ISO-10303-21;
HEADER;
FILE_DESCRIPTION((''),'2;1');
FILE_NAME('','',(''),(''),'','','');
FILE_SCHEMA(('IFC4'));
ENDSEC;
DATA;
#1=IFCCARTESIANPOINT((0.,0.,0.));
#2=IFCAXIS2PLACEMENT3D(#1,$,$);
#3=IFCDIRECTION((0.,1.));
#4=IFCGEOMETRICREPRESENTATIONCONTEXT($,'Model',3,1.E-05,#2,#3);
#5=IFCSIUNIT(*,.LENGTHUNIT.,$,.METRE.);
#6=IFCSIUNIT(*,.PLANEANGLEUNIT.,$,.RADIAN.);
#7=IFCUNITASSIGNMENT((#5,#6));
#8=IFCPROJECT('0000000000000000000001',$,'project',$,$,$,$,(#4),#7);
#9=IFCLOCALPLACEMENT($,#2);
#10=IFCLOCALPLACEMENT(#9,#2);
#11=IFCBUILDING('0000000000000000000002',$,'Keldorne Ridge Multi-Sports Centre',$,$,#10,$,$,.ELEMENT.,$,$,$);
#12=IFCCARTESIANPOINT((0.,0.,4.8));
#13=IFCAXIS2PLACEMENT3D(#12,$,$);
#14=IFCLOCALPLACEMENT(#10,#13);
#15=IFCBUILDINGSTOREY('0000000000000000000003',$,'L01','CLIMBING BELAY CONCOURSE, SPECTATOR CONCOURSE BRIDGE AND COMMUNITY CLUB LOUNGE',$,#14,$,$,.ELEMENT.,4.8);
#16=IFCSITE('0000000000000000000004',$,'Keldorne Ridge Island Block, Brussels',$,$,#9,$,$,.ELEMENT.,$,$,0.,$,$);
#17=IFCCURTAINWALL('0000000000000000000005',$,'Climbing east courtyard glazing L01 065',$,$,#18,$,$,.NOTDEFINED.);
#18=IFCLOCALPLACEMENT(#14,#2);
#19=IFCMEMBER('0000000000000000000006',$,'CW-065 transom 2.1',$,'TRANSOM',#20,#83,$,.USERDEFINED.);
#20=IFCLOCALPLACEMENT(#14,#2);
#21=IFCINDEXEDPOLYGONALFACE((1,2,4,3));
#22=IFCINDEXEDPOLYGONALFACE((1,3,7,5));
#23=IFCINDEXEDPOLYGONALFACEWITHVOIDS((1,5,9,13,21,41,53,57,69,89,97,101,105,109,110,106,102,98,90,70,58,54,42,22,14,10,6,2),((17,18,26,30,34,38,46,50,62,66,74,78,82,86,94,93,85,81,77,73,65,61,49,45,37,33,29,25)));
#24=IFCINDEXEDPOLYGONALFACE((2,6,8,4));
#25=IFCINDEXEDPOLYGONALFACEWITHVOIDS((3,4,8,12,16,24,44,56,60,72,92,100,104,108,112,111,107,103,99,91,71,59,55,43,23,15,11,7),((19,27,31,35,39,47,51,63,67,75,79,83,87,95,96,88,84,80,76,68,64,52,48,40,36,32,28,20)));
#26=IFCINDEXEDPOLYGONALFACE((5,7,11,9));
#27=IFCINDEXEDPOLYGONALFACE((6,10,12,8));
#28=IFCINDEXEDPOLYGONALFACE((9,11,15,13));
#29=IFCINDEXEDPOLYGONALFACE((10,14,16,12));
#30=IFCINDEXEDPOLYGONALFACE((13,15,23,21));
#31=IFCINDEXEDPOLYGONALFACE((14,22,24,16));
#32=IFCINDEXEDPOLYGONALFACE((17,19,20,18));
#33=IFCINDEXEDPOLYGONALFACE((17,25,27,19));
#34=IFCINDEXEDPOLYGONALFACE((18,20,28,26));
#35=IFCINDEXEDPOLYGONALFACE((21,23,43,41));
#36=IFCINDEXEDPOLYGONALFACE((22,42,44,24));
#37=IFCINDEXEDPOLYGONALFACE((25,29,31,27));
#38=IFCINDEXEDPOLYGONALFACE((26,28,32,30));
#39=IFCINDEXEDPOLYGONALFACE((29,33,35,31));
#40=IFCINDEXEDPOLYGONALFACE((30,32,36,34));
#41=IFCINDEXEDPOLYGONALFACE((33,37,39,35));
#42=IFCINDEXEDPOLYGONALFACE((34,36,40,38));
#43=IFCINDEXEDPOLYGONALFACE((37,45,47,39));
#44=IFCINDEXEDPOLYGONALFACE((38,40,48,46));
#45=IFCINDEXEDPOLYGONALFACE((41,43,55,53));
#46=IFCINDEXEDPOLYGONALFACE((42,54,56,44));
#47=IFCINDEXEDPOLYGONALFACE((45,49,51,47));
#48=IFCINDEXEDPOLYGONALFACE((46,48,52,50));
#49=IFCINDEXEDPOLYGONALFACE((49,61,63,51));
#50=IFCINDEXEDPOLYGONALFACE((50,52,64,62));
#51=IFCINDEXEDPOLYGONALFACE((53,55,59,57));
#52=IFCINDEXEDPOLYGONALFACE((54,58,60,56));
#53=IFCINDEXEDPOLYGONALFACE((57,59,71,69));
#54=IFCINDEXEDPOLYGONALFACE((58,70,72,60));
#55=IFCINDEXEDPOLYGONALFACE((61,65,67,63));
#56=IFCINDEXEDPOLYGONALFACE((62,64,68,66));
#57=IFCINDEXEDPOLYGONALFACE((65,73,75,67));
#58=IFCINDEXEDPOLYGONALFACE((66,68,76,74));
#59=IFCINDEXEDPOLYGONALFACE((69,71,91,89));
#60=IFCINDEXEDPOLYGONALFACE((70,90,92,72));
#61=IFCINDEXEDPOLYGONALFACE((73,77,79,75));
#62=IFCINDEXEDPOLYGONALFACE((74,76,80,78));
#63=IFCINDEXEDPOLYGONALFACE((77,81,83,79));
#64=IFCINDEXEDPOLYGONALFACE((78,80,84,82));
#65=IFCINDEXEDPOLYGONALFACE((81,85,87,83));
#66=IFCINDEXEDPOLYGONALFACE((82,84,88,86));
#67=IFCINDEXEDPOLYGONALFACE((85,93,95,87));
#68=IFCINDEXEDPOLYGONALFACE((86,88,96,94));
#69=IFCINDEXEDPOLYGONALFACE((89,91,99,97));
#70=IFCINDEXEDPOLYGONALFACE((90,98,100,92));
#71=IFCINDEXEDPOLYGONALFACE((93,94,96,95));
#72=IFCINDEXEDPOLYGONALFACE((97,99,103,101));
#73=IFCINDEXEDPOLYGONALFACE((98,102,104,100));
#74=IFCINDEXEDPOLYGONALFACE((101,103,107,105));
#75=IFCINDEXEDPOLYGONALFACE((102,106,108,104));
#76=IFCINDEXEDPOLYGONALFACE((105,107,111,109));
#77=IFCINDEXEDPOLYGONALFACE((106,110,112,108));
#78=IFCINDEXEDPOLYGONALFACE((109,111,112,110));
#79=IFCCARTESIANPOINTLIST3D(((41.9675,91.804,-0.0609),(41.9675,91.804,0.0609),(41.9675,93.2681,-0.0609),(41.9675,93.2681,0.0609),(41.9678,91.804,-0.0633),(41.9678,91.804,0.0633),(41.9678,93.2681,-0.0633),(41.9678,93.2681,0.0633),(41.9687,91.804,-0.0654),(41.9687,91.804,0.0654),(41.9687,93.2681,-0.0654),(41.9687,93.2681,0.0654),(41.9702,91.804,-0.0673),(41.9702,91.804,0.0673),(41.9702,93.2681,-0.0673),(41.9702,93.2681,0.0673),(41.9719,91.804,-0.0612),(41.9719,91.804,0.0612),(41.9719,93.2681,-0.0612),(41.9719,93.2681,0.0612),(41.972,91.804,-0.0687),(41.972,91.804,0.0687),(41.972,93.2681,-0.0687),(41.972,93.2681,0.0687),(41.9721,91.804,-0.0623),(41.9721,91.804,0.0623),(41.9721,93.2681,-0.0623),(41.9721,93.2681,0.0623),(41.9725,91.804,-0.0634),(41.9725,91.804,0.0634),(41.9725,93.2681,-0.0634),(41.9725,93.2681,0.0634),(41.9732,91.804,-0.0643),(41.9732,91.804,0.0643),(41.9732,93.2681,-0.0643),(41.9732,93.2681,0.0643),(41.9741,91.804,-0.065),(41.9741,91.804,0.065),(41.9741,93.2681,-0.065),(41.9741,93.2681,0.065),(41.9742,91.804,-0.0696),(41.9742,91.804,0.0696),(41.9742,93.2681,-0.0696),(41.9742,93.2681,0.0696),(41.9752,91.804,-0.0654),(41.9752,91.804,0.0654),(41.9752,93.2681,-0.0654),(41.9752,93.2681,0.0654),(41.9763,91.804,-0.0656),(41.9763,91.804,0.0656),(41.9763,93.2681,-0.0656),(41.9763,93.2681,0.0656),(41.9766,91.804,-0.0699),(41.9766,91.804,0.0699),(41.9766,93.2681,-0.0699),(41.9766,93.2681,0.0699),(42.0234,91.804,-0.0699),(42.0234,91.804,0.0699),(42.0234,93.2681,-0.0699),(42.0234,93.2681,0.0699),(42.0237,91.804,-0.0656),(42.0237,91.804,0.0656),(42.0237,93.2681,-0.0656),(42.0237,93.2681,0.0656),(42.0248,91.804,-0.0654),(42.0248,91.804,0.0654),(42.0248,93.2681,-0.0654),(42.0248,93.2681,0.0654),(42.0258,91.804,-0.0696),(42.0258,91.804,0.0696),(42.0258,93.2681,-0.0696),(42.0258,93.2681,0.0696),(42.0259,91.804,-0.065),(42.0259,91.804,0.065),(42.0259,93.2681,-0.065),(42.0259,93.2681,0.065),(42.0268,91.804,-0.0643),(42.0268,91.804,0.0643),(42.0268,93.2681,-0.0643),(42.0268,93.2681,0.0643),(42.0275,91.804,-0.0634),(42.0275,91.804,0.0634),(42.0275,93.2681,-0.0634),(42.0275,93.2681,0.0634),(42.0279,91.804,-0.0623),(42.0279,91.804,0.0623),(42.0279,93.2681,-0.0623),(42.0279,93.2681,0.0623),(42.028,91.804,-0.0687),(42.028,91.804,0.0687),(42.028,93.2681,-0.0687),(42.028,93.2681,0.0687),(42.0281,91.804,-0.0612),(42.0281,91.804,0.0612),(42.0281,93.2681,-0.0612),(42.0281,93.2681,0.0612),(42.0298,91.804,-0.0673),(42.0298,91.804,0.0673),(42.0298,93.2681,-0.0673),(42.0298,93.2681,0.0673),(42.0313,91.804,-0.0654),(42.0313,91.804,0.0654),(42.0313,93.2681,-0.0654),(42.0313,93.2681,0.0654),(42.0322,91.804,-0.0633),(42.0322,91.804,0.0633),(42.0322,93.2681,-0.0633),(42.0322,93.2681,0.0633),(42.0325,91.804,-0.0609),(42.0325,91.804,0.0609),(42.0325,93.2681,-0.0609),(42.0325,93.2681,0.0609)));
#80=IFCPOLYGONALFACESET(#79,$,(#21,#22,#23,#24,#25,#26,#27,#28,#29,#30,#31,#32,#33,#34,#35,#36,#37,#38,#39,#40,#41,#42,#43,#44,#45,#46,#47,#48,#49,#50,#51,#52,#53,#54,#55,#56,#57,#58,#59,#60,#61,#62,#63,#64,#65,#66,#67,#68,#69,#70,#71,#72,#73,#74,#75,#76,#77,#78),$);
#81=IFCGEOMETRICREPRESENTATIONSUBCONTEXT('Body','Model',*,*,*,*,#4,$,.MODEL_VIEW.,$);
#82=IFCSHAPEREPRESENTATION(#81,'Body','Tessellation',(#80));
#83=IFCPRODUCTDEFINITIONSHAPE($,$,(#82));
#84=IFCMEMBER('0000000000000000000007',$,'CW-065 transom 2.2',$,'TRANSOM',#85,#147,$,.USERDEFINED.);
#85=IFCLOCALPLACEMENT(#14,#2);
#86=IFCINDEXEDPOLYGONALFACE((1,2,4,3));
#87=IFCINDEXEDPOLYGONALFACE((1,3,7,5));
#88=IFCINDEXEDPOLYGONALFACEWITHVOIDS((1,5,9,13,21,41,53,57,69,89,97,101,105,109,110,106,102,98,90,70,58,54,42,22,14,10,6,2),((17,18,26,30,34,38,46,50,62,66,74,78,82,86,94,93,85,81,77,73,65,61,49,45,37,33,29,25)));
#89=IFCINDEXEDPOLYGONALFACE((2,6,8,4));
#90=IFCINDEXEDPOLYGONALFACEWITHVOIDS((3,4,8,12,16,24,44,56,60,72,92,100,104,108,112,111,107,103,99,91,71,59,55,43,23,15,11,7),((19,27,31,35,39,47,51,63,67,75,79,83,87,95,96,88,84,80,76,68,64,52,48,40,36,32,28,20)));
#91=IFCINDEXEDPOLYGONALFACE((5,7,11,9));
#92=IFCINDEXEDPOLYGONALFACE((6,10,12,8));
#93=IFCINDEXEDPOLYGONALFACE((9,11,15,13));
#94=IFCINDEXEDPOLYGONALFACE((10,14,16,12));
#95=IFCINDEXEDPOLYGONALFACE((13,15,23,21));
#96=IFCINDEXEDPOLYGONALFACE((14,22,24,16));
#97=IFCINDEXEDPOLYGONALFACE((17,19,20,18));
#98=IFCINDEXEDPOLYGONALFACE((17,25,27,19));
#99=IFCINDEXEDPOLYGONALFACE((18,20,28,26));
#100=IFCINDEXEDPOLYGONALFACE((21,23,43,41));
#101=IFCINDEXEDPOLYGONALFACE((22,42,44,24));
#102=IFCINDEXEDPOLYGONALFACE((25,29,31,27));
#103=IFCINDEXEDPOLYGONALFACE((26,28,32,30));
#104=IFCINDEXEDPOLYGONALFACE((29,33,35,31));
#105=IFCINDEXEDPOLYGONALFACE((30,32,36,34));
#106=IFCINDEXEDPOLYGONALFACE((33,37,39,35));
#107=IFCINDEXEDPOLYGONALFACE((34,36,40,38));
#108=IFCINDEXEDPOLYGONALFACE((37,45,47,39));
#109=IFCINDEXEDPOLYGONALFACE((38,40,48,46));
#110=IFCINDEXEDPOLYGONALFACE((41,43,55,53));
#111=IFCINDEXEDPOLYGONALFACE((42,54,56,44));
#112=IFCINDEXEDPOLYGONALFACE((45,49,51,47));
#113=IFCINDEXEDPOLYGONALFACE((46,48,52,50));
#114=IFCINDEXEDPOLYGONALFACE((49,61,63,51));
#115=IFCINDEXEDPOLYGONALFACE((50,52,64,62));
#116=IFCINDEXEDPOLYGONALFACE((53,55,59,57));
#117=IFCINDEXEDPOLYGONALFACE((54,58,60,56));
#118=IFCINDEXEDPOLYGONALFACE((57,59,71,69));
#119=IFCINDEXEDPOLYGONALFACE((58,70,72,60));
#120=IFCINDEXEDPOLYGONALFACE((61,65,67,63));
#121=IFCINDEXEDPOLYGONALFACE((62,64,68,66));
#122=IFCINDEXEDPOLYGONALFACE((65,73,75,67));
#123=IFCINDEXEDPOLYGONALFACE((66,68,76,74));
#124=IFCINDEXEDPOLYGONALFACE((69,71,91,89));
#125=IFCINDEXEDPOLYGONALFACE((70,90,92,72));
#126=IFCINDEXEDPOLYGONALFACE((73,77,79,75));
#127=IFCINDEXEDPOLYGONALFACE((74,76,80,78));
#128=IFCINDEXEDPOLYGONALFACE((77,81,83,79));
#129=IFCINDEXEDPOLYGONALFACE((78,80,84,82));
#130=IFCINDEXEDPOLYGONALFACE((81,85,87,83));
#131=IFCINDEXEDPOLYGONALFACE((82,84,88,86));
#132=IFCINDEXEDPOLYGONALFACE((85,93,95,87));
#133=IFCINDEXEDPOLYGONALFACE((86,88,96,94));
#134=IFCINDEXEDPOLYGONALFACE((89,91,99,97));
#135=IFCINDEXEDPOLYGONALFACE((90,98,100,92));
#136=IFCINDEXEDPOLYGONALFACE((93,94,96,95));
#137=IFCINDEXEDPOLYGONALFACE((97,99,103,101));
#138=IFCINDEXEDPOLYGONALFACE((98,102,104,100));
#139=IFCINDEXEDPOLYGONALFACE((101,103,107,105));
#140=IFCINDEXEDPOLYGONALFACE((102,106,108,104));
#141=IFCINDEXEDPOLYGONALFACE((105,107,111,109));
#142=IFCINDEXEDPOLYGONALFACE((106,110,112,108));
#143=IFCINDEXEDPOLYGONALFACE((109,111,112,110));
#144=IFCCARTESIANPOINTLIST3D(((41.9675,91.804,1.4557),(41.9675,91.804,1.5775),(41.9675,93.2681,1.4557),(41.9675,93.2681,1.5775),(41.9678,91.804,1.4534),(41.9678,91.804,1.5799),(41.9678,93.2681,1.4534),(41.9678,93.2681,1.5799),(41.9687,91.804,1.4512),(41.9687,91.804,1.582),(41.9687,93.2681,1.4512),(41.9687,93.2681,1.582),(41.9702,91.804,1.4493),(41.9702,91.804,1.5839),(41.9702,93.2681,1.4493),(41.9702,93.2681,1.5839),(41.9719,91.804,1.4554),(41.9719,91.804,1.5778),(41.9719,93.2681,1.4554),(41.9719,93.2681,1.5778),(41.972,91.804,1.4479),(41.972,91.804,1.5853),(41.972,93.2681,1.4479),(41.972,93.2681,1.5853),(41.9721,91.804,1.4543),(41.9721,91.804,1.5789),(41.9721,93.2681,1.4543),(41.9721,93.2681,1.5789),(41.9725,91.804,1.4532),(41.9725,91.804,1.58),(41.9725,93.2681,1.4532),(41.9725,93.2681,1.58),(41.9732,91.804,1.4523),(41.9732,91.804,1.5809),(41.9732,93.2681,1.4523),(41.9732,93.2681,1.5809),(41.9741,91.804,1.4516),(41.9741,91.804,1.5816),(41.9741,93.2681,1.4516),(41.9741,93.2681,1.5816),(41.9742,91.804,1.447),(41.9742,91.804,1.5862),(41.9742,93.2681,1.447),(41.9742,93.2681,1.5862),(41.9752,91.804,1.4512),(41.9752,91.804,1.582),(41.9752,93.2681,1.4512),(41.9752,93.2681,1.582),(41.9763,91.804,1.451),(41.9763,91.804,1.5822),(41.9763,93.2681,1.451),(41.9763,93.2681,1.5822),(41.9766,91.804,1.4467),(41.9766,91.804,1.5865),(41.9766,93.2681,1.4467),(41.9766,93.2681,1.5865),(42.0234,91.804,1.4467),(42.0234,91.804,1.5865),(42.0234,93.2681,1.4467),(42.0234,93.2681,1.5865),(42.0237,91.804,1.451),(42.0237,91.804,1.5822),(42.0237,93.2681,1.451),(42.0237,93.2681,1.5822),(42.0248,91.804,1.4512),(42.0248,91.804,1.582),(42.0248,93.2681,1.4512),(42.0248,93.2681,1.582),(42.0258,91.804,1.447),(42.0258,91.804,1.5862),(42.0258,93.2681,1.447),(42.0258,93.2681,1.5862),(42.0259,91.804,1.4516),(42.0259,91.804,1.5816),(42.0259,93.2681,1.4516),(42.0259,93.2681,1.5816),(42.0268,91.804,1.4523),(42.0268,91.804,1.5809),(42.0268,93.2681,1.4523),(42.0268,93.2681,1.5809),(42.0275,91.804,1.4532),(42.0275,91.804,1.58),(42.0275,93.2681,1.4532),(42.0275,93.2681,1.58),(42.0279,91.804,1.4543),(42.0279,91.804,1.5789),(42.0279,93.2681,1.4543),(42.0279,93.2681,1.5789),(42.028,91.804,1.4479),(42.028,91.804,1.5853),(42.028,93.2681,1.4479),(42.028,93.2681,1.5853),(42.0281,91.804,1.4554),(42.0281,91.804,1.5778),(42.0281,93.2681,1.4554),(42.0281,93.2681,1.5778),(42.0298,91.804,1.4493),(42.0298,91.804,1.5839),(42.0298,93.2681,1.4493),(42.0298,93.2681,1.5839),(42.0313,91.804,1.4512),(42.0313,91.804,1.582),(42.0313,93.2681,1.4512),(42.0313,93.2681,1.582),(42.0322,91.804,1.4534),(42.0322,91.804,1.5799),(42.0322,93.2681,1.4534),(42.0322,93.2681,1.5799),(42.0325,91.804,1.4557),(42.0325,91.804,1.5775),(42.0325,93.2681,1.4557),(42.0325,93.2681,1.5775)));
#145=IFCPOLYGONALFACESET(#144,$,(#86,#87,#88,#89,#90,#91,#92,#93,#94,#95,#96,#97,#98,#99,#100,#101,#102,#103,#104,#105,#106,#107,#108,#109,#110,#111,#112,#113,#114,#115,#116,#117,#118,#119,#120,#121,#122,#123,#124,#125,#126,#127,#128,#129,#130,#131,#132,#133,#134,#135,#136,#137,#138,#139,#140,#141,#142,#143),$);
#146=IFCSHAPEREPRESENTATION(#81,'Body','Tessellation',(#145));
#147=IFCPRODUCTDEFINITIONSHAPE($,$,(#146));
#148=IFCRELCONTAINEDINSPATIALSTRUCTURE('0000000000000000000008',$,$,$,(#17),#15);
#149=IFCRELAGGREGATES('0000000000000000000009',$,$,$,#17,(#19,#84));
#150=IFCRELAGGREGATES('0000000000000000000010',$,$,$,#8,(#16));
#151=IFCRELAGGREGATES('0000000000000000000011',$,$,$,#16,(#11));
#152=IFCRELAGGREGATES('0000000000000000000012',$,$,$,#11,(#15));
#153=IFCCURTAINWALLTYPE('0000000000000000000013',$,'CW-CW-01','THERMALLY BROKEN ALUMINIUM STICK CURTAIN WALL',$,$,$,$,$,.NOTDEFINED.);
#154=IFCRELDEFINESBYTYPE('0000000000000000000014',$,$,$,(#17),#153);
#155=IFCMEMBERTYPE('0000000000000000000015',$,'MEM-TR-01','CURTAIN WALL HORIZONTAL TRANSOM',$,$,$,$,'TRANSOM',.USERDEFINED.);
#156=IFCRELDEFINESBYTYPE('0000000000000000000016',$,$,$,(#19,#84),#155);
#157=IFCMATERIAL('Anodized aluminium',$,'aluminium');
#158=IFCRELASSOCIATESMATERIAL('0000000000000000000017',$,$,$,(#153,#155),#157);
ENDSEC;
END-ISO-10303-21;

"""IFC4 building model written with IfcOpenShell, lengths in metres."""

from ifc_helpers import new_model, si_unit, direction, frame, origin, origin_2d, place, context, subcontext, project, spatial, hollow_rectangle, extrude, material, material_profile, profile_set, type_object, element, aggregate, save


model = new_model("IFC4")

# Units and contexts
model_context = context("Model", 3, precision=1e-05, world=origin(), true_north=direction((0.0, 1.0)))
body_context = subcontext(model_context, "Body", "Model", "MODEL_VIEW")
ifc_project = project(units=[si_unit("LENGTHUNIT", "METRE"), si_unit("PLANEANGLEUNIT", "RADIAN")], contexts=[model_context])

# Site, building, storey
site_placement = place(None, origin())
site = spatial("IfcSite", under=ifc_project, at=site_placement, Name="Keldorne Ridge Island Block, Brussels", CompositionType="ELEMENT", RefElevation=0.0)
building_placement = place(site_placement, origin())
building = spatial("IfcBuilding", under=site, at=building_placement, Name="Keldorne Ridge Multi-Sports Centre", CompositionType="ELEMENT")
storey_placement = place(building_placement, frame((0.0, 0.0, 4.8)))
storey = spatial("IfcBuildingStorey", under=building, at=storey_placement, Name="L01", Description="CLIMBING BELAY CONCOURSE, SPECTATOR CONCOURSE BRIDGE AND COMMUNITY CLUB LOUNGE", CompositionType="ELEMENT", Elevation=4.8)

# Curtain wall, members
ifc_material_1 = material(Name="Anodized aluminium", Category="aluminium")
curtain_wall_type_1 = type_object("IfcCurtainWallType", Name="CW-CW-01", Description="THERMALLY BROKEN ALUMINIUM STICK CURTAIN WALL", PredefinedType="NOTDEFINED", material=ifc_material_1)
curtain_wall_1_placement = place(storey_placement, origin())
curtain_wall_1 = element("IfcCurtainWall", 1, at=curtain_wall_1_placement, inside=storey, type_object=curtain_wall_type_1, Name="Climbing east courtyard glazing L01 065", PredefinedType="NOTDEFINED")
ifc_material_profile_1 = material_profile(ifc_material_1, hollow_rectangle(XDim=0.0649, YDim=0.1399, WallThickness=0.0044, InnerFilletRadius=0.0044, OuterFilletRadius=0.009, at=origin_2d()), Name="ALU TRANSOM 140x65x4.5")
ifc_profile_set_1 = profile_set([ifc_material_profile_1], Name="Anodized aluminium")
member_type_1 = type_object("IfcMemberType", Name="MEM-TR-01", Description="CURTAIN WALL HORIZONTAL TRANSOM", ElementType="TRANSOM", PredefinedType="USERDEFINED", material=ifc_profile_set_1)
member_1_placement = place(storey_placement, frame((42.0, 91.804, 0.0), z_axis=(0.0, 1.0, 0.0), x_axis=(-1.0, 0.0, 0.0)))
member_1 = element("IfcMember", 2, at=member_1_placement, type_object=member_type_1, Name="CW-065 transom 2.1", ObjectType="TRANSOM", PredefinedType="USERDEFINED", context=body_context, shape_type="SweptSolid", body=[
    extrude(hollow_rectangle(XDim=0.0649, YDim=0.1399, WallThickness=0.0044, InnerFilletRadius=0.0044, OuterFilletRadius=0.009, at=origin_2d()), origin(), (0.0, 0.0, 1.0), 1.4641),
])
member_2_placement = place(storey_placement, frame((42.0, 91.804, 1.5166), z_axis=(0.0, 1.0, 0.0), x_axis=(-1.0, 0.0, 0.0)))
member_2 = element("IfcMember", 3, at=member_2_placement, type_object=member_type_1, Name="CW-065 transom 2.2", ObjectType="TRANSOM", PredefinedType="USERDEFINED", context=body_context, shape_type="SweptSolid", body=[
    extrude(hollow_rectangle(XDim=0.0649, YDim=0.1399, WallThickness=0.0044, InnerFilletRadius=0.0044, OuterFilletRadius=0.009, at=origin_2d()), origin(), (0.0, 0.0, 1.0), 1.4641),
])
aggregate(curtain_wall_1, [member_1, member_2])

save(model, "model.ifc")
